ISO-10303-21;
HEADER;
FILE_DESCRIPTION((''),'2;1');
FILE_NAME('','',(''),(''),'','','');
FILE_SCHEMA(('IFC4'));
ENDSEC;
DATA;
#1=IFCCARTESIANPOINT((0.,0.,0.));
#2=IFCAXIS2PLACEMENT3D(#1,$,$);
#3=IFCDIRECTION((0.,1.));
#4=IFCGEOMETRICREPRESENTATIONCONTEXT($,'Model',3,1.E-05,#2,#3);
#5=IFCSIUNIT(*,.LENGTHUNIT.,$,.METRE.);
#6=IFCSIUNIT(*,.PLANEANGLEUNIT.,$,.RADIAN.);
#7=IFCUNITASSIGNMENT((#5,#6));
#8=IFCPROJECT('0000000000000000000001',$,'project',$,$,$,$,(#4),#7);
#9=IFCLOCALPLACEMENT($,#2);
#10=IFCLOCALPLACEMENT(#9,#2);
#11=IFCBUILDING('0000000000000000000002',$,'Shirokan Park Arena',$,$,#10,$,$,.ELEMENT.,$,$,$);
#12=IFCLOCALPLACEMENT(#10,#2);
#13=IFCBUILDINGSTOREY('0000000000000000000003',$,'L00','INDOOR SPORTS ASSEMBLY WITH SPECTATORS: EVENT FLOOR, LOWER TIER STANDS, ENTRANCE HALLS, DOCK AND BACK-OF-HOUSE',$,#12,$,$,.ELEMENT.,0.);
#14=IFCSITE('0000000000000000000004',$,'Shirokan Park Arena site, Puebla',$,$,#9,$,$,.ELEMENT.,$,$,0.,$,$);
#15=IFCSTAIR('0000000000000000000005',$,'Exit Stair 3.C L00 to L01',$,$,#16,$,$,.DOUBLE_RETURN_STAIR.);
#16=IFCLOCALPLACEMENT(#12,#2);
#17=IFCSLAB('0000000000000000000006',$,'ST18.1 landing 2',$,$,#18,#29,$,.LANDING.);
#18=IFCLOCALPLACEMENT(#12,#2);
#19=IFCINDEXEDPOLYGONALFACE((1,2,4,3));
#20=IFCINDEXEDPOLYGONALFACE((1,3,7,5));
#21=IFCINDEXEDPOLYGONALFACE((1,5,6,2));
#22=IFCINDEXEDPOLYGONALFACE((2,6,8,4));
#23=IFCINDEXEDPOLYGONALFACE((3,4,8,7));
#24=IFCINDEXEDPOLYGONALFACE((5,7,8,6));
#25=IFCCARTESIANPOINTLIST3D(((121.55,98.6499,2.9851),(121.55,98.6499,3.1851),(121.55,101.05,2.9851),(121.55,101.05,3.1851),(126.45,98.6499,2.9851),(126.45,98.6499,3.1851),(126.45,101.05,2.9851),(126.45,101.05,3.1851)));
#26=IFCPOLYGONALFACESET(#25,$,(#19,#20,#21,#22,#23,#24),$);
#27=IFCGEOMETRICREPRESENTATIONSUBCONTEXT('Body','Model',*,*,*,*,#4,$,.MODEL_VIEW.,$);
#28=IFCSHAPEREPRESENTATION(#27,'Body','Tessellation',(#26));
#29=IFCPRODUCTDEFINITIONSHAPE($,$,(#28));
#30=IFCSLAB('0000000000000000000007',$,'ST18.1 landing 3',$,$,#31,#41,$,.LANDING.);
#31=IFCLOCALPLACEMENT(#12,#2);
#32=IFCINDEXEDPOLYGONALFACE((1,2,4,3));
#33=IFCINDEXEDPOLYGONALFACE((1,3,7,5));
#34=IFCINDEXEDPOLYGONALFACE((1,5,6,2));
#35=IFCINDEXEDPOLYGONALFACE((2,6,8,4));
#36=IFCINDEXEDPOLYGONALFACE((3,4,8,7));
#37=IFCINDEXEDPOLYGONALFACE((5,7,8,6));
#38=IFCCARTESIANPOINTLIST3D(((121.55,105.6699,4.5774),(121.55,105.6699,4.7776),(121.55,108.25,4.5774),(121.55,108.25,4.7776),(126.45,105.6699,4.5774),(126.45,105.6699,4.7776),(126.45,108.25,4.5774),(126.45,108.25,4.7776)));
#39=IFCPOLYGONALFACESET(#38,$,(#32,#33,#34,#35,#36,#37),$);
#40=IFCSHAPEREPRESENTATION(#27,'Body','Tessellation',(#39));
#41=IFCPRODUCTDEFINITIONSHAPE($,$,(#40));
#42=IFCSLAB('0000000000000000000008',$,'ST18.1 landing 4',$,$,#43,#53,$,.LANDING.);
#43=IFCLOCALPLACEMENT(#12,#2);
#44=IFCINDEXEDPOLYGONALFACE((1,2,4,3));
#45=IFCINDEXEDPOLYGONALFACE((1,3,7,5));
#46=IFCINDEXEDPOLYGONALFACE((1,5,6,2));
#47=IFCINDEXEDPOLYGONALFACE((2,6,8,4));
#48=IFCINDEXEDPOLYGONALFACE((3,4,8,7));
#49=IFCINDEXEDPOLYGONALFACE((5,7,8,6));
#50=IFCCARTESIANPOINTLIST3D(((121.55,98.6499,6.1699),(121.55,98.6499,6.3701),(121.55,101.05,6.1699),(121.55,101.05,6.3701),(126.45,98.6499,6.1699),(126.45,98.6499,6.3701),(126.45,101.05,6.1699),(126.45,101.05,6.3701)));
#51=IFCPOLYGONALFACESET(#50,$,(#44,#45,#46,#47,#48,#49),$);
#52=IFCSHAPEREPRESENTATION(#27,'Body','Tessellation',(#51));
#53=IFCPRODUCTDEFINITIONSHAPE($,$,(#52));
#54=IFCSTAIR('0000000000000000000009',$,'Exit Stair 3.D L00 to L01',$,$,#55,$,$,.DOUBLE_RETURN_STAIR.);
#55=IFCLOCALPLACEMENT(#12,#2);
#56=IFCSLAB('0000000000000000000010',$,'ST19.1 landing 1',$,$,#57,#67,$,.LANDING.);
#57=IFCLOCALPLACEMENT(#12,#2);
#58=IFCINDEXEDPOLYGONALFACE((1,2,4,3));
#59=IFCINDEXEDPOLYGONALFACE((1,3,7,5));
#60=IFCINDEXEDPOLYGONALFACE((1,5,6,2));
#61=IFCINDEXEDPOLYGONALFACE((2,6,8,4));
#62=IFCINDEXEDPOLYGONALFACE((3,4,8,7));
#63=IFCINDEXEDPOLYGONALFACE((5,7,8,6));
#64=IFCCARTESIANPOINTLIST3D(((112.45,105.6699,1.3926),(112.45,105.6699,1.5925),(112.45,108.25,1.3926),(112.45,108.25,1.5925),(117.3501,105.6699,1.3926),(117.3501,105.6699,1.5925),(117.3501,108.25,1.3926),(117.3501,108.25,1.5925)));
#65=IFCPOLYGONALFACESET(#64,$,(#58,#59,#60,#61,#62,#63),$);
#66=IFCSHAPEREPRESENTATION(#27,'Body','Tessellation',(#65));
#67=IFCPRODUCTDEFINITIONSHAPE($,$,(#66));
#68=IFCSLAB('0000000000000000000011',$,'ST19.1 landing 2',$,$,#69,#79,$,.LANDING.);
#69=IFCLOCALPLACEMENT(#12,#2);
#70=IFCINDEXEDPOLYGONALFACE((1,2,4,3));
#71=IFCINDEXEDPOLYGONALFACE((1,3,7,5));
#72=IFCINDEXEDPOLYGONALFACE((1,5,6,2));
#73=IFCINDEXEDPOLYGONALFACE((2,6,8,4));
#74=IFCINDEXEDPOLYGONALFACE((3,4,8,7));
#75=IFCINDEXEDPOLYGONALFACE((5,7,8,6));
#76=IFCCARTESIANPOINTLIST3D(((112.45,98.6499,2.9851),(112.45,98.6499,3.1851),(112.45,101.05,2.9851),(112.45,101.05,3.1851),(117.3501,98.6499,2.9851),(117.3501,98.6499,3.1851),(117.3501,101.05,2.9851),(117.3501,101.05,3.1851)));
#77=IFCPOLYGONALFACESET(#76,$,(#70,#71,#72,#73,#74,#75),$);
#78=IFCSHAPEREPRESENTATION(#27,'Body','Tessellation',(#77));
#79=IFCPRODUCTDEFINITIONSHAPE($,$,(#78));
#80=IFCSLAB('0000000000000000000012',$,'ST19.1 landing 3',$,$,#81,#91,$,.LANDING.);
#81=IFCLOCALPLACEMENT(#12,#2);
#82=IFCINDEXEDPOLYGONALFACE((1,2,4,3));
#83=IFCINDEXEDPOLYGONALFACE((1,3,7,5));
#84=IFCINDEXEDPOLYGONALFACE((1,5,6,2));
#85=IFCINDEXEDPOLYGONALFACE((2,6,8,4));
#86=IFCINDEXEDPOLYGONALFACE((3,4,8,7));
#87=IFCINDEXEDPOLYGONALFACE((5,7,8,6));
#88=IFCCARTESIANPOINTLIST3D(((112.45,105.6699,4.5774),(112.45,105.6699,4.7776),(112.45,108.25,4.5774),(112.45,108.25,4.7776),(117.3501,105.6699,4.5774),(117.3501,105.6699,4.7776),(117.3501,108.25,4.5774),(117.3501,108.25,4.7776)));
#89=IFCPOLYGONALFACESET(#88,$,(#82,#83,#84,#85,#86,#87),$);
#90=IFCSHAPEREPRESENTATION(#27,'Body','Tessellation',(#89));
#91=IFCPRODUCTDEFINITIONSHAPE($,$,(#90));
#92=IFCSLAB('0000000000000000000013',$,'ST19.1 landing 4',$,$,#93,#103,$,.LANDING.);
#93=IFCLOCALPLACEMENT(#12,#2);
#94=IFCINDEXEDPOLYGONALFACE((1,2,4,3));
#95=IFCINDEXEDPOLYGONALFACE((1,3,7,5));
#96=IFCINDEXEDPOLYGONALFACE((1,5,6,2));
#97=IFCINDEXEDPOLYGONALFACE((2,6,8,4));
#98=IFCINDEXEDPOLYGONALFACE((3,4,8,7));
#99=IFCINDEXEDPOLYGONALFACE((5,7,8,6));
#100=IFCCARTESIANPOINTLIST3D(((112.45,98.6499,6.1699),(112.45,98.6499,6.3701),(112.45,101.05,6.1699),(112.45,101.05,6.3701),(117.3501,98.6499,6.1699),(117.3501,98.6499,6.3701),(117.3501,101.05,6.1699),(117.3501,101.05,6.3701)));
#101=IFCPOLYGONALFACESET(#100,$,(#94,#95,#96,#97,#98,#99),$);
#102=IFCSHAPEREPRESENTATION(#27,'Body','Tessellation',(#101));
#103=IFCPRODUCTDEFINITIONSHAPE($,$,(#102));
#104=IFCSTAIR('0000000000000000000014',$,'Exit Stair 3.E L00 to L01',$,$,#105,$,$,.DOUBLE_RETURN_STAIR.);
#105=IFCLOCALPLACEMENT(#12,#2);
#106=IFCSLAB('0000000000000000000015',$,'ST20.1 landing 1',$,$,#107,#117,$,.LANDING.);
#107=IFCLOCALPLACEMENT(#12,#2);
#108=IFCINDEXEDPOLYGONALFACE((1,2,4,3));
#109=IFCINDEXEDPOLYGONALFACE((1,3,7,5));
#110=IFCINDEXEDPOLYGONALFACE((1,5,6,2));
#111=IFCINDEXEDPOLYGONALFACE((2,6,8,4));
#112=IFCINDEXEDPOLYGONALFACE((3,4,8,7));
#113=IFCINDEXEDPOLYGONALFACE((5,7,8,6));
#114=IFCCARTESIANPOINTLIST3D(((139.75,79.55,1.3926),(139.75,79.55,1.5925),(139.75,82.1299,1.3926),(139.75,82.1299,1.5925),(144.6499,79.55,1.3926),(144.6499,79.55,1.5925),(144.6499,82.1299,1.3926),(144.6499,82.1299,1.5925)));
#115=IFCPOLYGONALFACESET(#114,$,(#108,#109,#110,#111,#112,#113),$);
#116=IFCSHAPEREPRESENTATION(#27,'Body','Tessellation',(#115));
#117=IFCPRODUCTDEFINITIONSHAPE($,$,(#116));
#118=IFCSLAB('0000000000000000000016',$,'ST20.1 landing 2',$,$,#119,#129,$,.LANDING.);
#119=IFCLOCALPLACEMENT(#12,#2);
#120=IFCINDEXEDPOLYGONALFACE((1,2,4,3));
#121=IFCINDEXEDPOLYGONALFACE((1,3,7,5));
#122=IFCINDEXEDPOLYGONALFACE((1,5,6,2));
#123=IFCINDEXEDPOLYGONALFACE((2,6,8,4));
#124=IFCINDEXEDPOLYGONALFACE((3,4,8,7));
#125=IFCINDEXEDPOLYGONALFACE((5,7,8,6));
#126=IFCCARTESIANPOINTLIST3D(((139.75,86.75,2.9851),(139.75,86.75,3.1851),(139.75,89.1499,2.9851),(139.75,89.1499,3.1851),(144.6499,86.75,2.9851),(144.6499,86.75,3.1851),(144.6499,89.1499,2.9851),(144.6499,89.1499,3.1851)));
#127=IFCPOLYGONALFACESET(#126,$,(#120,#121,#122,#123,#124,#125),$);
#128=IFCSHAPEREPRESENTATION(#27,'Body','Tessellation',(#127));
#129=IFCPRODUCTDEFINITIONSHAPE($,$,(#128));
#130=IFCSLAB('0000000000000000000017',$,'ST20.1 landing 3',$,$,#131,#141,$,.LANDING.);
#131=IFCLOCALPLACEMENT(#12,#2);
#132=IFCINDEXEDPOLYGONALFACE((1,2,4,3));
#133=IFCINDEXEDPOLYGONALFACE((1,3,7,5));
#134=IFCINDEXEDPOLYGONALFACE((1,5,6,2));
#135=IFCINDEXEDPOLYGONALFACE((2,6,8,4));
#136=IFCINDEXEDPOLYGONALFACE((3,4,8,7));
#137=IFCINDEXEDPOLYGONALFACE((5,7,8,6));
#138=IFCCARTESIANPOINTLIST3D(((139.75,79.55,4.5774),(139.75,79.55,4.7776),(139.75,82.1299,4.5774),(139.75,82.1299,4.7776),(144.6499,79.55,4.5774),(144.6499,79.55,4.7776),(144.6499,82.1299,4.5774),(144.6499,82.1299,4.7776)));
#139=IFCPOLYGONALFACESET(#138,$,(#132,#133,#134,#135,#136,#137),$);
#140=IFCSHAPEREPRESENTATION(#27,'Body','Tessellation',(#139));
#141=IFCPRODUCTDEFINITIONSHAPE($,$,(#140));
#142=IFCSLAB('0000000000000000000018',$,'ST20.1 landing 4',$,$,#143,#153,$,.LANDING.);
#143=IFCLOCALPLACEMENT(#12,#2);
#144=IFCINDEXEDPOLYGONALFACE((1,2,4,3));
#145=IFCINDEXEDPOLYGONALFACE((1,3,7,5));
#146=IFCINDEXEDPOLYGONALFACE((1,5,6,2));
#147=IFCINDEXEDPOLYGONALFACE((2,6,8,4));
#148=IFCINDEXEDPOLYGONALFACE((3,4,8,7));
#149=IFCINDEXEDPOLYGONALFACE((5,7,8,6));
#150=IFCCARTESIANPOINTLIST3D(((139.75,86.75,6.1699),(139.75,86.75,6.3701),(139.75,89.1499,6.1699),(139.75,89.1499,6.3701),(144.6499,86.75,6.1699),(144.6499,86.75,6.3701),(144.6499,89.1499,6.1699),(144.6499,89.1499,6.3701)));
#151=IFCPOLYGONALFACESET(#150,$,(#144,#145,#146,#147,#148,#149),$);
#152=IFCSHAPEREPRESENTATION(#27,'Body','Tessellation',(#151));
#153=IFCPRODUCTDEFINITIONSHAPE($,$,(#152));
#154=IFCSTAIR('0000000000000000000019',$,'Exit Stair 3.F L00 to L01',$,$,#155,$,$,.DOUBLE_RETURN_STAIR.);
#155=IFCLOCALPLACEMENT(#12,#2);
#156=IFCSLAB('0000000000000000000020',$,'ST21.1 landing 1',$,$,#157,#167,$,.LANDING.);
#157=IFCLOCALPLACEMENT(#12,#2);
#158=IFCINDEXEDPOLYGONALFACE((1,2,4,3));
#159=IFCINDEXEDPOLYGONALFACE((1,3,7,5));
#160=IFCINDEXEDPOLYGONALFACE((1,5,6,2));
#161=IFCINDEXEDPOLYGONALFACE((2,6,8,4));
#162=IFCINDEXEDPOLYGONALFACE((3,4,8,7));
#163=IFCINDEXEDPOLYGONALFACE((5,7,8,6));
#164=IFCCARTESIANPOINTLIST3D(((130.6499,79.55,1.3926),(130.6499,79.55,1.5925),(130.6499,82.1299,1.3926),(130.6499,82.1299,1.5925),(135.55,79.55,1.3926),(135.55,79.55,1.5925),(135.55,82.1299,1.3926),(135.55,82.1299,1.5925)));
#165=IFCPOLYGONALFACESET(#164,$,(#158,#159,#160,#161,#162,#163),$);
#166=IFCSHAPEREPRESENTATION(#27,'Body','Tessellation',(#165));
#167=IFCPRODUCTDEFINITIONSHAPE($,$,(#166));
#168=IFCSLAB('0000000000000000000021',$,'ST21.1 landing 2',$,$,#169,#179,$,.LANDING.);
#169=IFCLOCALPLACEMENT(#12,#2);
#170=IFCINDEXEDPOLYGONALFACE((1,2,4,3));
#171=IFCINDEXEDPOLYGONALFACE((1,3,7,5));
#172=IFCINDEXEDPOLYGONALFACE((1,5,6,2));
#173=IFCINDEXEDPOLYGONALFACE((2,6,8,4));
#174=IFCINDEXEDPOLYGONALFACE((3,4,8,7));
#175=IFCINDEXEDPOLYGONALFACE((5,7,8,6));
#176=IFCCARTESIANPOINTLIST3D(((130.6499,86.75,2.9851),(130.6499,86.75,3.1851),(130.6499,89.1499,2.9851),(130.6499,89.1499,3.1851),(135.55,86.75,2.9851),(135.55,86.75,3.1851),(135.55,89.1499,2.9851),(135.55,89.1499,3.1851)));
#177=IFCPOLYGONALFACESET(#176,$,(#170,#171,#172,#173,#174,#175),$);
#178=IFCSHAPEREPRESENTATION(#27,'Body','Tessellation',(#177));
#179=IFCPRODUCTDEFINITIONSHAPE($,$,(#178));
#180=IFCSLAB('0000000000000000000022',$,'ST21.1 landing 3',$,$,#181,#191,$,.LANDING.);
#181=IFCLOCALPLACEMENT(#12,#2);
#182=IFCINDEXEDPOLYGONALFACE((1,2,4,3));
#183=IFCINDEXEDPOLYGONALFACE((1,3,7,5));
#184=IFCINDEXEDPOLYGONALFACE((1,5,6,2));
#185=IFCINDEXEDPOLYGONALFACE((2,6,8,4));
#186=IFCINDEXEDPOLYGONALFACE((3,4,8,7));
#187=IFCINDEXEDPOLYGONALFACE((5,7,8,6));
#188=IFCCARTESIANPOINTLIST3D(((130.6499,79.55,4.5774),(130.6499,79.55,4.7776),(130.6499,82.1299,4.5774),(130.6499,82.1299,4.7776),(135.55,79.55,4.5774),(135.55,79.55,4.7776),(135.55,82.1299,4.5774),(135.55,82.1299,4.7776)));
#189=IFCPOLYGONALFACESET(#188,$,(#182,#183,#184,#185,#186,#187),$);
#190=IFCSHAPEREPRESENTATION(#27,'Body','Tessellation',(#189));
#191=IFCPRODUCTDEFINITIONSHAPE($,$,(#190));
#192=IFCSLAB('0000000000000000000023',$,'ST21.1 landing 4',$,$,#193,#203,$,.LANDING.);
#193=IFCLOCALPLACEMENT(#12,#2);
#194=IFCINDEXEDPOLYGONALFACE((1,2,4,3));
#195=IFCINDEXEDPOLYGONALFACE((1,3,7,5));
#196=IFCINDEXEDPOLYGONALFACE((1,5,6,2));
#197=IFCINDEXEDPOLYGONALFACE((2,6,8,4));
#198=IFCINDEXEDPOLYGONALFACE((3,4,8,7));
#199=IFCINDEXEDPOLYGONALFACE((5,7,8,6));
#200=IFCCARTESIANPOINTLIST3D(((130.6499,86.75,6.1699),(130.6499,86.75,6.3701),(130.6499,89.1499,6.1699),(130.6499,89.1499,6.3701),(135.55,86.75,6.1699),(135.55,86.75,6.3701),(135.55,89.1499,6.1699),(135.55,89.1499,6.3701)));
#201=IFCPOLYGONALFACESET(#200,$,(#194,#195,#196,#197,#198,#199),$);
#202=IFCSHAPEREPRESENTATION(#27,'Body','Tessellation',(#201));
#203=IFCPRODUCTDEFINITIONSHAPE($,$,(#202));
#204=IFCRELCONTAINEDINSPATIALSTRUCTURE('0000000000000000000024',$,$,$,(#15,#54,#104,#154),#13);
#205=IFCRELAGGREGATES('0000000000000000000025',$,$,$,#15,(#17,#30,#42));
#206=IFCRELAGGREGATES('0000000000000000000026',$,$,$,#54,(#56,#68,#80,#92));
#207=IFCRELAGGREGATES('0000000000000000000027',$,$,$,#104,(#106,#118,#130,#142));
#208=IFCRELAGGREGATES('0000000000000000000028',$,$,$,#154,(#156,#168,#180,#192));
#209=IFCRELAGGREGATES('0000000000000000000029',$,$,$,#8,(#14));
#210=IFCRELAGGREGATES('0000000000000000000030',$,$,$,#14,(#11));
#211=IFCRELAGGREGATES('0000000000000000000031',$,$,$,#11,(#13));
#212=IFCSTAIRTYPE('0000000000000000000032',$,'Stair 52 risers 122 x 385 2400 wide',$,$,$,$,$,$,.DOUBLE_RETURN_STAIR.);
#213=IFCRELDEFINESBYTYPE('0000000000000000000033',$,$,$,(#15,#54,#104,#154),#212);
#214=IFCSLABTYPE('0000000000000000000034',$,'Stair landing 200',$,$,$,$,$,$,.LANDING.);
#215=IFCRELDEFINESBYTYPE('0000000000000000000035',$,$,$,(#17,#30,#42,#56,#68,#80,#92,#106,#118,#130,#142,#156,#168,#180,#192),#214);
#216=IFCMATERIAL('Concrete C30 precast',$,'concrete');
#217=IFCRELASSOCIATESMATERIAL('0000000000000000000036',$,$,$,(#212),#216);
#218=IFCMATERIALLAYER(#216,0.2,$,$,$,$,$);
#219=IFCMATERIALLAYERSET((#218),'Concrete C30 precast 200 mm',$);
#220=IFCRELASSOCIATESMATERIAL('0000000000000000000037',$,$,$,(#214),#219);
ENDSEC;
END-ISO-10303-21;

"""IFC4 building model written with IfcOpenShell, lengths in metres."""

from ifc_helpers import new_model, si_unit, direction, frame, origin, place, context, subcontext, project, spatial, polyline, outline, extrude, material, layer, layer_set, type_object, element, aggregate, save


model = new_model("IFC4")

# Units and contexts
model_context = context("Model", 3, precision=1e-05, world=origin(), true_north=direction((0.0, 1.0)))
body_context = subcontext(model_context, "Body", "Model", "MODEL_VIEW")
ifc_project = project(units=[si_unit("LENGTHUNIT", "METRE"), si_unit("PLANEANGLEUNIT", "RADIAN")], contexts=[model_context])

# Site, building, storey
site_placement = place(None, origin())
site = spatial("IfcSite", under=ifc_project, at=site_placement, Name="Shirokan Park Arena site, Puebla", CompositionType="ELEMENT", RefElevation=0.0)
building_placement = place(site_placement, origin())
building = spatial("IfcBuilding", under=site, at=building_placement, Name="Shirokan Park Arena", CompositionType="ELEMENT")
storey_placement = place(building_placement, origin())
storey = spatial("IfcBuildingStorey", under=building, at=storey_placement, Name="L00", Description="INDOOR SPORTS ASSEMBLY WITH SPECTATORS: EVENT FLOOR, LOWER TIER STANDS, ENTRANCE HALLS, DOCK AND BACK-OF-HOUSE", CompositionType="ELEMENT", Elevation=0.0)

# Stairs, slabs
ifc_material = material(Name="Concrete C30 precast", Category="concrete")
stair_type = type_object("IfcStairType", Name="Stair 52 risers 122 x 385 2400 wide", PredefinedType="DOUBLE_RETURN_STAIR", material=ifc_material)
stair_1_placement = place(storey_placement, origin())
stair_1 = element("IfcStair", 1, at=stair_1_placement, inside=storey, type_object=stair_type, Name="Exit Stair 3.C L00 to L01", PredefinedType="DOUBLE_RETURN_STAIR")
ifc_layer = layer(ifc_material, 0.2)
ifc_layer_set = layer_set([ifc_layer], Name="Concrete C30 precast 200 mm")
slab_type = type_object("IfcSlabType", Name="Stair landing 200", PredefinedType="LANDING", material=ifc_layer_set)
slab_1_placement = place(storey_placement, frame((0.0, 0.0, 2.9851)))
slab_1 = element("IfcSlab", 2, at=slab_1_placement, type_object=slab_type, Name="ST18.1 landing 2", PredefinedType="LANDING", context=body_context, shape_type="SweptSolid", body=[
    extrude(outline(polyline([(121.55, 98.6499), (126.45, 98.6499), (126.45, 101.05), (121.55, 101.05), (121.55, 98.6499)])), origin(), (0.0, 0.0, 1.0), 0.2),
])
slab_2_placement = place(storey_placement, frame((0.0, 0.0, 4.5774)))
slab_2 = element("IfcSlab", 3, at=slab_2_placement, type_object=slab_type, Name="ST18.1 landing 3", PredefinedType="LANDING", context=body_context, shape_type="SweptSolid", body=[
    extrude(outline(polyline([(121.55, 105.6699), (126.45, 105.6699), (126.45, 108.25), (121.55, 108.25), (121.55, 105.6699)])), origin(), (0.0, 0.0, 1.0), 0.2002),
])
slab_3_placement = place(storey_placement, frame((0.0, 0.0, 6.1699)))
slab_3 = element("IfcSlab", 4, at=slab_3_placement, type_object=slab_type, Name="ST18.1 landing 4", PredefinedType="LANDING", context=body_context, shape_type="SweptSolid", body=[
    extrude(outline(polyline([(121.55, 98.6499), (126.45, 98.6499), (126.45, 101.05), (121.55, 101.05), (121.55, 98.6499)])), origin(), (0.0, 0.0, 1.0), 0.2002),
])
aggregate(stair_1, [slab_1, slab_2, slab_3])
stair_2_placement = place(storey_placement, origin())
stair_2 = element("IfcStair", 5, at=stair_2_placement, inside=storey, type_object=stair_type, Name="Exit Stair 3.D L00 to L01", PredefinedType="DOUBLE_RETURN_STAIR")
slab_4_placement = place(storey_placement, frame((0.0, 0.0, 1.3926)))
slab_4 = element("IfcSlab", 6, at=slab_4_placement, type_object=slab_type, Name="ST19.1 landing 1", PredefinedType="LANDING", context=body_context, shape_type="SweptSolid", body=[
    extrude(outline(polyline([(112.45, 105.6699), (117.3501, 105.6699), (117.3501, 108.25), (112.45, 108.25), (112.45, 105.6699)])), origin(), (0.0, 0.0, 1.0), 0.2),
])
slab_5_placement = place(storey_placement, frame((0.0, 0.0, 2.9851)))
slab_5 = element("IfcSlab", 7, at=slab_5_placement, type_object=slab_type, Name="ST19.1 landing 2", PredefinedType="LANDING", context=body_context, shape_type="SweptSolid", body=[
    extrude(outline(polyline([(112.45, 98.6499), (117.3501, 98.6499), (117.3501, 101.05), (112.45, 101.05), (112.45, 98.6499)])), origin(), (0.0, 0.0, 1.0), 0.2),
])
slab_6_placement = place(storey_placement, frame((0.0, 0.0, 4.5774)))
slab_6 = element("IfcSlab", 8, at=slab_6_placement, type_object=slab_type, Name="ST19.1 landing 3", PredefinedType="LANDING", context=body_context, shape_type="SweptSolid", body=[
    extrude(outline(polyline([(112.45, 105.6699), (117.3501, 105.6699), (117.3501, 108.25), (112.45, 108.25), (112.45, 105.6699)])), origin(), (0.0, 0.0, 1.0), 0.2002),
])
slab_7_placement = place(storey_placement, frame((0.0, 0.0, 6.1699)))
slab_7 = element("IfcSlab", 9, at=slab_7_placement, type_object=slab_type, Name="ST19.1 landing 4", PredefinedType="LANDING", context=body_context, shape_type="SweptSolid", body=[
    extrude(outline(polyline([(112.45, 98.6499), (117.3501, 98.6499), (117.3501, 101.05), (112.45, 101.05), (112.45, 98.6499)])), origin(), (0.0, 0.0, 1.0), 0.2002),
])
aggregate(stair_2, [slab_4, slab_5, slab_6, slab_7])
stair_3_placement = place(storey_placement, origin())
stair_3 = element("IfcStair", 10, at=stair_3_placement, inside=storey, type_object=stair_type, Name="Exit Stair 3.E L00 to L01", PredefinedType="DOUBLE_RETURN_STAIR")
slab_8_placement = place(storey_placement, frame((0.0, 0.0, 1.3926)))
slab_8 = element("IfcSlab", 11, at=slab_8_placement, type_object=slab_type, Name="ST20.1 landing 1", PredefinedType="LANDING", context=body_context, shape_type="SweptSolid", body=[
    extrude(outline(polyline([(139.75, 79.55), (144.6499, 79.55), (144.6499, 82.1299), (139.75, 82.1299), (139.75, 79.55)])), origin(), (0.0, 0.0, 1.0), 0.2),
])
slab_9_placement = place(storey_placement, frame((0.0, 0.0, 2.9851)))
slab_9 = element("IfcSlab", 12, at=slab_9_placement, type_object=slab_type, Name="ST20.1 landing 2", PredefinedType="LANDING", context=body_context, shape_type="SweptSolid", body=[
    extrude(outline(polyline([(139.75, 86.75), (144.6499, 86.75), (144.6499, 89.1499), (139.75, 89.1499), (139.75, 86.75)])), origin(), (0.0, 0.0, 1.0), 0.2),
])
slab_10_placement = place(storey_placement, frame((0.0, 0.0, 4.5774)))
slab_10 = element("IfcSlab", 13, at=slab_10_placement, type_object=slab_type, Name="ST20.1 landing 3", PredefinedType="LANDING", context=body_context, shape_type="SweptSolid", body=[
    extrude(outline(polyline([(139.75, 79.55), (144.6499, 79.55), (144.6499, 82.1299), (139.75, 82.1299), (139.75, 79.55)])), origin(), (0.0, 0.0, 1.0), 0.2002),
])
slab_11_placement = place(storey_placement, frame((0.0, 0.0, 6.1699)))
slab_11 = element("IfcSlab", 14, at=slab_11_placement, type_object=slab_type, Name="ST20.1 landing 4", PredefinedType="LANDING", context=body_context, shape_type="SweptSolid", body=[
    extrude(outline(polyline([(139.75, 86.75), (144.6499, 86.75), (144.6499, 89.1499), (139.75, 89.1499), (139.75, 86.75)])), origin(), (0.0, 0.0, 1.0), 0.2002),
])
aggregate(stair_3, [slab_8, slab_9, slab_10, slab_11])
stair_4_placement = place(storey_placement, origin())
stair_4 = element("IfcStair", 15, at=stair_4_placement, inside=storey, type_object=stair_type, Name="Exit Stair 3.F L00 to L01", PredefinedType="DOUBLE_RETURN_STAIR")
slab_12_placement = place(storey_placement, frame((0.0, 0.0, 1.3926)))
slab_12 = element("IfcSlab", 16, at=slab_12_placement, type_object=slab_type, Name="ST21.1 landing 1", PredefinedType="LANDING", context=body_context, shape_type="SweptSolid", body=[
    extrude(outline(polyline([(130.6499, 79.55), (135.55, 79.55), (135.55, 82.1299), (130.6499, 82.1299), (130.6499, 79.55)])), origin(), (0.0, 0.0, 1.0), 0.2),
])
slab_13_placement = place(storey_placement, frame((0.0, 0.0, 2.9851)))
slab_13 = element("IfcSlab", 17, at=slab_13_placement, type_object=slab_type, Name="ST21.1 landing 2", PredefinedType="LANDING", context=body_context, shape_type="SweptSolid", body=[
    extrude(outline(polyline([(130.6499, 86.75), (135.55, 86.75), (135.55, 89.1499), (130.6499, 89.1499), (130.6499, 86.75)])), origin(), (0.0, 0.0, 1.0), 0.2),
])
slab_14_placement = place(storey_placement, frame((0.0, 0.0, 4.5774)))
slab_14 = element("IfcSlab", 18, at=slab_14_placement, type_object=slab_type, Name="ST21.1 landing 3", PredefinedType="LANDING", context=body_context, shape_type="SweptSolid", body=[
    extrude(outline(polyline([(130.6499, 79.55), (135.55, 79.55), (135.55, 82.1299), (130.6499, 82.1299), (130.6499, 79.55)])), origin(), (0.0, 0.0, 1.0), 0.2002),
])
slab_15_placement = place(storey_placement, frame((0.0, 0.0, 6.1699)))
slab_15 = element("IfcSlab", 19, at=slab_15_placement, type_object=slab_type, Name="ST21.1 landing 4", PredefinedType="LANDING", context=body_context, shape_type="SweptSolid", body=[
    extrude(outline(polyline([(130.6499, 86.75), (135.55, 86.75), (135.55, 89.1499), (130.6499, 89.1499), (130.6499, 86.75)])), origin(), (0.0, 0.0, 1.0), 0.2002),
])
aggregate(stair_4, [slab_12, slab_13, slab_14, slab_15])

save(model, "model.ifc")
